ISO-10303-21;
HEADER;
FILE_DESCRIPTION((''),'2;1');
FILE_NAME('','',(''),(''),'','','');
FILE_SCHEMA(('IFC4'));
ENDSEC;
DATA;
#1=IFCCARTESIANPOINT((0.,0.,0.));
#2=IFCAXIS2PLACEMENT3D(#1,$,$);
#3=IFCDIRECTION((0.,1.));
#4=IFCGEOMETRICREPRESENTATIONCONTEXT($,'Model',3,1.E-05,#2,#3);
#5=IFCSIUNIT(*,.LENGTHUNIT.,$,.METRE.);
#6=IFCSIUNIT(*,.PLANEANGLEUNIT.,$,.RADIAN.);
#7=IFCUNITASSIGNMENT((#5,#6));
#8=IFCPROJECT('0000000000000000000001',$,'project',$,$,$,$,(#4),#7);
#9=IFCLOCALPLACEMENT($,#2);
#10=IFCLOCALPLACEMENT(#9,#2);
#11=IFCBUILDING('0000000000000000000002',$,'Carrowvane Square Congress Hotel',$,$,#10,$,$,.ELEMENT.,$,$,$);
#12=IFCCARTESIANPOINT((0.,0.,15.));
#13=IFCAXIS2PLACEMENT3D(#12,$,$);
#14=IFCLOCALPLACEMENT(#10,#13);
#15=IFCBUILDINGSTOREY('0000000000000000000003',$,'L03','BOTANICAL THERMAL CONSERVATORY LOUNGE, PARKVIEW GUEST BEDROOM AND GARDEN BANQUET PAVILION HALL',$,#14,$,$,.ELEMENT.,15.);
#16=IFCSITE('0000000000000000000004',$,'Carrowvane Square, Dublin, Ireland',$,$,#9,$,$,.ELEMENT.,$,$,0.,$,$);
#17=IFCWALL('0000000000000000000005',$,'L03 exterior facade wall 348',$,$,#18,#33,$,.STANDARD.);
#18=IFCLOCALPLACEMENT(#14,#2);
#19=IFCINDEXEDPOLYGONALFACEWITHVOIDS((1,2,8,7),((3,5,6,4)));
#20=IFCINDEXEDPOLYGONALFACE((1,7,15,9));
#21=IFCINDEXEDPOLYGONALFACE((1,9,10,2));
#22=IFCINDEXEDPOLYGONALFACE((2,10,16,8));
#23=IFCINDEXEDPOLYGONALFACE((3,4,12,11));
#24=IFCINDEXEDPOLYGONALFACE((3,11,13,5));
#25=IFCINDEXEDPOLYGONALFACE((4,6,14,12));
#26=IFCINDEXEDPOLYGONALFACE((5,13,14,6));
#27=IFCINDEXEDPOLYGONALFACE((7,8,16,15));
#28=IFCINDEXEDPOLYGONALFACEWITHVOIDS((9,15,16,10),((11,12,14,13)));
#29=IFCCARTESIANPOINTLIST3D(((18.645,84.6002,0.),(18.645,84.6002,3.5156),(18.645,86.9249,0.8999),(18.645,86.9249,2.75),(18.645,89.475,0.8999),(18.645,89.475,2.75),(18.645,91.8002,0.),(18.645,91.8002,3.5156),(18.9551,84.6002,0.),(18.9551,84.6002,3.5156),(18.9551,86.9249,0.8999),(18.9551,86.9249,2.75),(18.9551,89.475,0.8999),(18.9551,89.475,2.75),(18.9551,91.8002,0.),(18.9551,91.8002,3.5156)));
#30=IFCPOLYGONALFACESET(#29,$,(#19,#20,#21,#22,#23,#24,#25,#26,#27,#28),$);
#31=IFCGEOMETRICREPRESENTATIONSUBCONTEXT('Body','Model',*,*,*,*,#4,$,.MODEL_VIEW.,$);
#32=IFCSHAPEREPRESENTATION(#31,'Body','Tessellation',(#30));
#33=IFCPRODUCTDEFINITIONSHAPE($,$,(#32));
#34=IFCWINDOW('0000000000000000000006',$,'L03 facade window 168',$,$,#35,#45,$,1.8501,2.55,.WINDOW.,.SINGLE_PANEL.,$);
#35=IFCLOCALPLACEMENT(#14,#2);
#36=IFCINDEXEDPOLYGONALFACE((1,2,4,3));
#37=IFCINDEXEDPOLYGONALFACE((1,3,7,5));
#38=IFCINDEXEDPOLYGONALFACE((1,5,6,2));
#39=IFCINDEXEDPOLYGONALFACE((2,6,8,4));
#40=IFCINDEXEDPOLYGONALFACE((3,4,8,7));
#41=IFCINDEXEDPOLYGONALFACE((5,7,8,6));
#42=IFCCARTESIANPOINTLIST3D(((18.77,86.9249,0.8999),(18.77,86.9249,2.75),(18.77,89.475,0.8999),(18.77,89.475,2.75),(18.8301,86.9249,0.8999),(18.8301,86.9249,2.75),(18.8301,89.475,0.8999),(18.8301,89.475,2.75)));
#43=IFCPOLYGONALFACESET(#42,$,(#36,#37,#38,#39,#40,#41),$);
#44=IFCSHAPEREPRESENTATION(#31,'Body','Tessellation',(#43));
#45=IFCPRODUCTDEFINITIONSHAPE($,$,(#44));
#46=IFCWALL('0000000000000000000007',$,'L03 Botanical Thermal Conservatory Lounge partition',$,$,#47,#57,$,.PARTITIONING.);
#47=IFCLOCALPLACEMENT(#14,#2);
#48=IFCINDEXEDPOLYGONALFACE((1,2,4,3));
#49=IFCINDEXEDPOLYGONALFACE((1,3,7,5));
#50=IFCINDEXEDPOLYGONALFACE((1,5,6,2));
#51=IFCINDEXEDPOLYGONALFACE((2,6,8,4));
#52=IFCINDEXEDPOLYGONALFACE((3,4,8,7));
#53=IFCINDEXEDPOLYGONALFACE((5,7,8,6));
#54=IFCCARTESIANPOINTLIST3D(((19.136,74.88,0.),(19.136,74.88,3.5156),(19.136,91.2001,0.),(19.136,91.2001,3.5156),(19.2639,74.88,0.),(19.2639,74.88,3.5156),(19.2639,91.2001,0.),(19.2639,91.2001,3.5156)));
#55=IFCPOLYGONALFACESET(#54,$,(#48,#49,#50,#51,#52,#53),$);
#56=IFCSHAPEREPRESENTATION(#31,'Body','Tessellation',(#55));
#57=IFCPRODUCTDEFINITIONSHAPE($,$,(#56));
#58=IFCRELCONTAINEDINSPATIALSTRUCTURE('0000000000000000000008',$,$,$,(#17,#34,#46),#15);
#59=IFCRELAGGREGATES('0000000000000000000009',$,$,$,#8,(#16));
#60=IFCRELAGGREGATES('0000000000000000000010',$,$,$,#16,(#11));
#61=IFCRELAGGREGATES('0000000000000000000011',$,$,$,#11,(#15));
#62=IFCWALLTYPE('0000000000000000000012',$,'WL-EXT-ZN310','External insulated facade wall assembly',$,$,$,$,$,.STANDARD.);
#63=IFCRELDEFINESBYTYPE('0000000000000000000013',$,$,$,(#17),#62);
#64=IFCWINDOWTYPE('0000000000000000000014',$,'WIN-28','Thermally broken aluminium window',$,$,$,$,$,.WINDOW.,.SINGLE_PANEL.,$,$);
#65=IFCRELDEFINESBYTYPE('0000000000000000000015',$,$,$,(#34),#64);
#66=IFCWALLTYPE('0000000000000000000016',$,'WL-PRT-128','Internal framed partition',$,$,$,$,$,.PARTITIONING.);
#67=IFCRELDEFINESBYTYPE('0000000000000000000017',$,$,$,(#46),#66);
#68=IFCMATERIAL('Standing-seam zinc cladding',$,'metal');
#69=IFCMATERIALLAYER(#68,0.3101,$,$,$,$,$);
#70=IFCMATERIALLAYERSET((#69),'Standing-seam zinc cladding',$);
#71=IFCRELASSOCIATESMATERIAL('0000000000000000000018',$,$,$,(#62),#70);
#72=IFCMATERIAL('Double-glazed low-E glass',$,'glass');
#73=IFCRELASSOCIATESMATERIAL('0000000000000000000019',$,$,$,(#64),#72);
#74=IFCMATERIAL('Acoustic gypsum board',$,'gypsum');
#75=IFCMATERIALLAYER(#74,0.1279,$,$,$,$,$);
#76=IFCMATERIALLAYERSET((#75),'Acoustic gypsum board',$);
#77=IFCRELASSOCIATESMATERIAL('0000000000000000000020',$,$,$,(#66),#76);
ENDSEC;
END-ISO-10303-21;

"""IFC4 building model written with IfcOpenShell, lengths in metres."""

from ifc_helpers import new_model, si_unit, direction, frame, frame_2d, origin, place, context, subcontext, project, spatial, rectangle, extrude, material, layer, layer_set, type_object, element, fill, save


model = new_model("IFC4")

# Units and contexts
model_context = context("Model", 3, precision=1e-05, world=origin(), true_north=direction((0.0, 1.0)))
body_context = subcontext(model_context, "Body", "Model", "MODEL_VIEW")
ifc_project = project(units=[si_unit("LENGTHUNIT", "METRE"), si_unit("PLANEANGLEUNIT", "RADIAN")], contexts=[model_context])

# Site, building, storey
site_placement = place(None, origin())
site = spatial("IfcSite", under=ifc_project, at=site_placement, Name="Carrowvane Square, Dublin, Ireland", CompositionType="ELEMENT", RefElevation=0.0)
building_placement = place(site_placement, origin())
building = spatial("IfcBuilding", under=site, at=building_placement, Name="Carrowvane Square Congress Hotel", CompositionType="ELEMENT")
storey_placement = place(building_placement, frame((0.0, 0.0, 15.0)))
storey = spatial("IfcBuildingStorey", under=building, at=storey_placement, Name="L03", Description="BOTANICAL THERMAL CONSERVATORY LOUNGE, PARKVIEW GUEST BEDROOM AND GARDEN BANQUET PAVILION HALL", CompositionType="ELEMENT", Elevation=15.0)

# Wall, opening, window
ifc_material_1 = material(Name="Standing-seam zinc cladding", Category="metal")
ifc_layer_1 = layer(ifc_material_1, 0.3101)
ifc_layer_set_1 = layer_set([ifc_layer_1], Name="Standing-seam zinc cladding")
wall_type_1 = type_object("IfcWallType", Name="WL-EXT-ZN310", Description="External insulated facade wall assembly", PredefinedType="STANDARD", material=ifc_layer_set_1)
wall_1_placement = place(storey_placement, frame((18.8, 84.6001, 0.0), z_axis=(0.0, 0.0, 1.0), x_axis=(0.0, 1.0, 0.0)))
wall_1 = element("IfcWall", 1, at=wall_1_placement, inside=storey, type_object=wall_type_1, Name="L03 exterior facade wall 348", PredefinedType="STANDARD", context=body_context, shape_type="SweptSolid", body=[
    extrude(rectangle(XDim=7.2, YDim=0.3101, at=frame_2d((3.6001, 0.0))), origin(), (0.0, 0.0, 1.0), 3.5156),
])
opening_1_placement = place(wall_1_placement, frame((2.325, 0.0, 0.8999)))
opening_1 = element("IfcOpeningElement", 2, at=opening_1_placement, cuts=wall_1, PredefinedType="OPENING", context=body_context, shape_type="SweptSolid", body=[
    extrude(rectangle(XDim=2.55, YDim=1.8501, at=frame_2d((1.2749, 0.925))), frame((0.0, 0.165, 0.0), z_axis=(0.0, -1.0, 0.0), x_axis=(1.0, 0.0, 0.0)), (0.0, 0.0, 1.0), 0.3301),
])
ifc_material_2 = material(Name="Double-glazed low-E glass", Category="glass")
window_type_1 = type_object("IfcWindowType", Name="WIN-28", Description="Thermally broken aluminium window", PartitioningType="SINGLE_PANEL", PredefinedType="WINDOW", material=ifc_material_2)
window_1_placement = place(opening_1_placement, origin())
window_1 = element("IfcWindow", 3, at=window_1_placement, inside=storey, type_object=window_type_1, Name="L03 facade window 168", OverallHeight=1.8501, OverallWidth=2.55, PartitioningType="SINGLE_PANEL", PredefinedType="WINDOW", context=body_context, shape_type="SweptSolid", body=[
    extrude(rectangle(XDim=2.55, YDim=1.8501, at=frame_2d((1.2749, 0.925))), frame((0.0, 0.03, 0.0), z_axis=(0.0, -1.0, 0.0), x_axis=(1.0, 0.0, 0.0)), (0.0, 0.0, 1.0), 0.0601),
])
fill(opening_1, window_1)

# Wall
ifc_material_3 = material(Name="Acoustic gypsum board", Category="gypsum")
ifc_layer_2 = layer(ifc_material_3, 0.1279)
ifc_layer_set_2 = layer_set([ifc_layer_2], Name="Acoustic gypsum board")
wall_type_2 = type_object("IfcWallType", Name="WL-PRT-128", Description="Internal framed partition", PredefinedType="PARTITIONING", material=ifc_layer_set_2)
wall_2_placement = place(storey_placement, frame((19.2, 74.8799, 0.0), z_axis=(0.0, 0.0, 1.0), x_axis=(0.0, 1.0, 0.0)))
element("IfcWall", 4, at=wall_2_placement, inside=storey, type_object=wall_type_2, Name="L03 Botanical Thermal Conservatory Lounge partition", PredefinedType="PARTITIONING", context=body_context, shape_type="SweptSolid", body=[
    extrude(rectangle(XDim=16.3201, YDim=0.1279, at=frame_2d((8.1602, 0.0))), origin(), (0.0, 0.0, 1.0), 3.5156),
])

save(model, "model.ifc")
